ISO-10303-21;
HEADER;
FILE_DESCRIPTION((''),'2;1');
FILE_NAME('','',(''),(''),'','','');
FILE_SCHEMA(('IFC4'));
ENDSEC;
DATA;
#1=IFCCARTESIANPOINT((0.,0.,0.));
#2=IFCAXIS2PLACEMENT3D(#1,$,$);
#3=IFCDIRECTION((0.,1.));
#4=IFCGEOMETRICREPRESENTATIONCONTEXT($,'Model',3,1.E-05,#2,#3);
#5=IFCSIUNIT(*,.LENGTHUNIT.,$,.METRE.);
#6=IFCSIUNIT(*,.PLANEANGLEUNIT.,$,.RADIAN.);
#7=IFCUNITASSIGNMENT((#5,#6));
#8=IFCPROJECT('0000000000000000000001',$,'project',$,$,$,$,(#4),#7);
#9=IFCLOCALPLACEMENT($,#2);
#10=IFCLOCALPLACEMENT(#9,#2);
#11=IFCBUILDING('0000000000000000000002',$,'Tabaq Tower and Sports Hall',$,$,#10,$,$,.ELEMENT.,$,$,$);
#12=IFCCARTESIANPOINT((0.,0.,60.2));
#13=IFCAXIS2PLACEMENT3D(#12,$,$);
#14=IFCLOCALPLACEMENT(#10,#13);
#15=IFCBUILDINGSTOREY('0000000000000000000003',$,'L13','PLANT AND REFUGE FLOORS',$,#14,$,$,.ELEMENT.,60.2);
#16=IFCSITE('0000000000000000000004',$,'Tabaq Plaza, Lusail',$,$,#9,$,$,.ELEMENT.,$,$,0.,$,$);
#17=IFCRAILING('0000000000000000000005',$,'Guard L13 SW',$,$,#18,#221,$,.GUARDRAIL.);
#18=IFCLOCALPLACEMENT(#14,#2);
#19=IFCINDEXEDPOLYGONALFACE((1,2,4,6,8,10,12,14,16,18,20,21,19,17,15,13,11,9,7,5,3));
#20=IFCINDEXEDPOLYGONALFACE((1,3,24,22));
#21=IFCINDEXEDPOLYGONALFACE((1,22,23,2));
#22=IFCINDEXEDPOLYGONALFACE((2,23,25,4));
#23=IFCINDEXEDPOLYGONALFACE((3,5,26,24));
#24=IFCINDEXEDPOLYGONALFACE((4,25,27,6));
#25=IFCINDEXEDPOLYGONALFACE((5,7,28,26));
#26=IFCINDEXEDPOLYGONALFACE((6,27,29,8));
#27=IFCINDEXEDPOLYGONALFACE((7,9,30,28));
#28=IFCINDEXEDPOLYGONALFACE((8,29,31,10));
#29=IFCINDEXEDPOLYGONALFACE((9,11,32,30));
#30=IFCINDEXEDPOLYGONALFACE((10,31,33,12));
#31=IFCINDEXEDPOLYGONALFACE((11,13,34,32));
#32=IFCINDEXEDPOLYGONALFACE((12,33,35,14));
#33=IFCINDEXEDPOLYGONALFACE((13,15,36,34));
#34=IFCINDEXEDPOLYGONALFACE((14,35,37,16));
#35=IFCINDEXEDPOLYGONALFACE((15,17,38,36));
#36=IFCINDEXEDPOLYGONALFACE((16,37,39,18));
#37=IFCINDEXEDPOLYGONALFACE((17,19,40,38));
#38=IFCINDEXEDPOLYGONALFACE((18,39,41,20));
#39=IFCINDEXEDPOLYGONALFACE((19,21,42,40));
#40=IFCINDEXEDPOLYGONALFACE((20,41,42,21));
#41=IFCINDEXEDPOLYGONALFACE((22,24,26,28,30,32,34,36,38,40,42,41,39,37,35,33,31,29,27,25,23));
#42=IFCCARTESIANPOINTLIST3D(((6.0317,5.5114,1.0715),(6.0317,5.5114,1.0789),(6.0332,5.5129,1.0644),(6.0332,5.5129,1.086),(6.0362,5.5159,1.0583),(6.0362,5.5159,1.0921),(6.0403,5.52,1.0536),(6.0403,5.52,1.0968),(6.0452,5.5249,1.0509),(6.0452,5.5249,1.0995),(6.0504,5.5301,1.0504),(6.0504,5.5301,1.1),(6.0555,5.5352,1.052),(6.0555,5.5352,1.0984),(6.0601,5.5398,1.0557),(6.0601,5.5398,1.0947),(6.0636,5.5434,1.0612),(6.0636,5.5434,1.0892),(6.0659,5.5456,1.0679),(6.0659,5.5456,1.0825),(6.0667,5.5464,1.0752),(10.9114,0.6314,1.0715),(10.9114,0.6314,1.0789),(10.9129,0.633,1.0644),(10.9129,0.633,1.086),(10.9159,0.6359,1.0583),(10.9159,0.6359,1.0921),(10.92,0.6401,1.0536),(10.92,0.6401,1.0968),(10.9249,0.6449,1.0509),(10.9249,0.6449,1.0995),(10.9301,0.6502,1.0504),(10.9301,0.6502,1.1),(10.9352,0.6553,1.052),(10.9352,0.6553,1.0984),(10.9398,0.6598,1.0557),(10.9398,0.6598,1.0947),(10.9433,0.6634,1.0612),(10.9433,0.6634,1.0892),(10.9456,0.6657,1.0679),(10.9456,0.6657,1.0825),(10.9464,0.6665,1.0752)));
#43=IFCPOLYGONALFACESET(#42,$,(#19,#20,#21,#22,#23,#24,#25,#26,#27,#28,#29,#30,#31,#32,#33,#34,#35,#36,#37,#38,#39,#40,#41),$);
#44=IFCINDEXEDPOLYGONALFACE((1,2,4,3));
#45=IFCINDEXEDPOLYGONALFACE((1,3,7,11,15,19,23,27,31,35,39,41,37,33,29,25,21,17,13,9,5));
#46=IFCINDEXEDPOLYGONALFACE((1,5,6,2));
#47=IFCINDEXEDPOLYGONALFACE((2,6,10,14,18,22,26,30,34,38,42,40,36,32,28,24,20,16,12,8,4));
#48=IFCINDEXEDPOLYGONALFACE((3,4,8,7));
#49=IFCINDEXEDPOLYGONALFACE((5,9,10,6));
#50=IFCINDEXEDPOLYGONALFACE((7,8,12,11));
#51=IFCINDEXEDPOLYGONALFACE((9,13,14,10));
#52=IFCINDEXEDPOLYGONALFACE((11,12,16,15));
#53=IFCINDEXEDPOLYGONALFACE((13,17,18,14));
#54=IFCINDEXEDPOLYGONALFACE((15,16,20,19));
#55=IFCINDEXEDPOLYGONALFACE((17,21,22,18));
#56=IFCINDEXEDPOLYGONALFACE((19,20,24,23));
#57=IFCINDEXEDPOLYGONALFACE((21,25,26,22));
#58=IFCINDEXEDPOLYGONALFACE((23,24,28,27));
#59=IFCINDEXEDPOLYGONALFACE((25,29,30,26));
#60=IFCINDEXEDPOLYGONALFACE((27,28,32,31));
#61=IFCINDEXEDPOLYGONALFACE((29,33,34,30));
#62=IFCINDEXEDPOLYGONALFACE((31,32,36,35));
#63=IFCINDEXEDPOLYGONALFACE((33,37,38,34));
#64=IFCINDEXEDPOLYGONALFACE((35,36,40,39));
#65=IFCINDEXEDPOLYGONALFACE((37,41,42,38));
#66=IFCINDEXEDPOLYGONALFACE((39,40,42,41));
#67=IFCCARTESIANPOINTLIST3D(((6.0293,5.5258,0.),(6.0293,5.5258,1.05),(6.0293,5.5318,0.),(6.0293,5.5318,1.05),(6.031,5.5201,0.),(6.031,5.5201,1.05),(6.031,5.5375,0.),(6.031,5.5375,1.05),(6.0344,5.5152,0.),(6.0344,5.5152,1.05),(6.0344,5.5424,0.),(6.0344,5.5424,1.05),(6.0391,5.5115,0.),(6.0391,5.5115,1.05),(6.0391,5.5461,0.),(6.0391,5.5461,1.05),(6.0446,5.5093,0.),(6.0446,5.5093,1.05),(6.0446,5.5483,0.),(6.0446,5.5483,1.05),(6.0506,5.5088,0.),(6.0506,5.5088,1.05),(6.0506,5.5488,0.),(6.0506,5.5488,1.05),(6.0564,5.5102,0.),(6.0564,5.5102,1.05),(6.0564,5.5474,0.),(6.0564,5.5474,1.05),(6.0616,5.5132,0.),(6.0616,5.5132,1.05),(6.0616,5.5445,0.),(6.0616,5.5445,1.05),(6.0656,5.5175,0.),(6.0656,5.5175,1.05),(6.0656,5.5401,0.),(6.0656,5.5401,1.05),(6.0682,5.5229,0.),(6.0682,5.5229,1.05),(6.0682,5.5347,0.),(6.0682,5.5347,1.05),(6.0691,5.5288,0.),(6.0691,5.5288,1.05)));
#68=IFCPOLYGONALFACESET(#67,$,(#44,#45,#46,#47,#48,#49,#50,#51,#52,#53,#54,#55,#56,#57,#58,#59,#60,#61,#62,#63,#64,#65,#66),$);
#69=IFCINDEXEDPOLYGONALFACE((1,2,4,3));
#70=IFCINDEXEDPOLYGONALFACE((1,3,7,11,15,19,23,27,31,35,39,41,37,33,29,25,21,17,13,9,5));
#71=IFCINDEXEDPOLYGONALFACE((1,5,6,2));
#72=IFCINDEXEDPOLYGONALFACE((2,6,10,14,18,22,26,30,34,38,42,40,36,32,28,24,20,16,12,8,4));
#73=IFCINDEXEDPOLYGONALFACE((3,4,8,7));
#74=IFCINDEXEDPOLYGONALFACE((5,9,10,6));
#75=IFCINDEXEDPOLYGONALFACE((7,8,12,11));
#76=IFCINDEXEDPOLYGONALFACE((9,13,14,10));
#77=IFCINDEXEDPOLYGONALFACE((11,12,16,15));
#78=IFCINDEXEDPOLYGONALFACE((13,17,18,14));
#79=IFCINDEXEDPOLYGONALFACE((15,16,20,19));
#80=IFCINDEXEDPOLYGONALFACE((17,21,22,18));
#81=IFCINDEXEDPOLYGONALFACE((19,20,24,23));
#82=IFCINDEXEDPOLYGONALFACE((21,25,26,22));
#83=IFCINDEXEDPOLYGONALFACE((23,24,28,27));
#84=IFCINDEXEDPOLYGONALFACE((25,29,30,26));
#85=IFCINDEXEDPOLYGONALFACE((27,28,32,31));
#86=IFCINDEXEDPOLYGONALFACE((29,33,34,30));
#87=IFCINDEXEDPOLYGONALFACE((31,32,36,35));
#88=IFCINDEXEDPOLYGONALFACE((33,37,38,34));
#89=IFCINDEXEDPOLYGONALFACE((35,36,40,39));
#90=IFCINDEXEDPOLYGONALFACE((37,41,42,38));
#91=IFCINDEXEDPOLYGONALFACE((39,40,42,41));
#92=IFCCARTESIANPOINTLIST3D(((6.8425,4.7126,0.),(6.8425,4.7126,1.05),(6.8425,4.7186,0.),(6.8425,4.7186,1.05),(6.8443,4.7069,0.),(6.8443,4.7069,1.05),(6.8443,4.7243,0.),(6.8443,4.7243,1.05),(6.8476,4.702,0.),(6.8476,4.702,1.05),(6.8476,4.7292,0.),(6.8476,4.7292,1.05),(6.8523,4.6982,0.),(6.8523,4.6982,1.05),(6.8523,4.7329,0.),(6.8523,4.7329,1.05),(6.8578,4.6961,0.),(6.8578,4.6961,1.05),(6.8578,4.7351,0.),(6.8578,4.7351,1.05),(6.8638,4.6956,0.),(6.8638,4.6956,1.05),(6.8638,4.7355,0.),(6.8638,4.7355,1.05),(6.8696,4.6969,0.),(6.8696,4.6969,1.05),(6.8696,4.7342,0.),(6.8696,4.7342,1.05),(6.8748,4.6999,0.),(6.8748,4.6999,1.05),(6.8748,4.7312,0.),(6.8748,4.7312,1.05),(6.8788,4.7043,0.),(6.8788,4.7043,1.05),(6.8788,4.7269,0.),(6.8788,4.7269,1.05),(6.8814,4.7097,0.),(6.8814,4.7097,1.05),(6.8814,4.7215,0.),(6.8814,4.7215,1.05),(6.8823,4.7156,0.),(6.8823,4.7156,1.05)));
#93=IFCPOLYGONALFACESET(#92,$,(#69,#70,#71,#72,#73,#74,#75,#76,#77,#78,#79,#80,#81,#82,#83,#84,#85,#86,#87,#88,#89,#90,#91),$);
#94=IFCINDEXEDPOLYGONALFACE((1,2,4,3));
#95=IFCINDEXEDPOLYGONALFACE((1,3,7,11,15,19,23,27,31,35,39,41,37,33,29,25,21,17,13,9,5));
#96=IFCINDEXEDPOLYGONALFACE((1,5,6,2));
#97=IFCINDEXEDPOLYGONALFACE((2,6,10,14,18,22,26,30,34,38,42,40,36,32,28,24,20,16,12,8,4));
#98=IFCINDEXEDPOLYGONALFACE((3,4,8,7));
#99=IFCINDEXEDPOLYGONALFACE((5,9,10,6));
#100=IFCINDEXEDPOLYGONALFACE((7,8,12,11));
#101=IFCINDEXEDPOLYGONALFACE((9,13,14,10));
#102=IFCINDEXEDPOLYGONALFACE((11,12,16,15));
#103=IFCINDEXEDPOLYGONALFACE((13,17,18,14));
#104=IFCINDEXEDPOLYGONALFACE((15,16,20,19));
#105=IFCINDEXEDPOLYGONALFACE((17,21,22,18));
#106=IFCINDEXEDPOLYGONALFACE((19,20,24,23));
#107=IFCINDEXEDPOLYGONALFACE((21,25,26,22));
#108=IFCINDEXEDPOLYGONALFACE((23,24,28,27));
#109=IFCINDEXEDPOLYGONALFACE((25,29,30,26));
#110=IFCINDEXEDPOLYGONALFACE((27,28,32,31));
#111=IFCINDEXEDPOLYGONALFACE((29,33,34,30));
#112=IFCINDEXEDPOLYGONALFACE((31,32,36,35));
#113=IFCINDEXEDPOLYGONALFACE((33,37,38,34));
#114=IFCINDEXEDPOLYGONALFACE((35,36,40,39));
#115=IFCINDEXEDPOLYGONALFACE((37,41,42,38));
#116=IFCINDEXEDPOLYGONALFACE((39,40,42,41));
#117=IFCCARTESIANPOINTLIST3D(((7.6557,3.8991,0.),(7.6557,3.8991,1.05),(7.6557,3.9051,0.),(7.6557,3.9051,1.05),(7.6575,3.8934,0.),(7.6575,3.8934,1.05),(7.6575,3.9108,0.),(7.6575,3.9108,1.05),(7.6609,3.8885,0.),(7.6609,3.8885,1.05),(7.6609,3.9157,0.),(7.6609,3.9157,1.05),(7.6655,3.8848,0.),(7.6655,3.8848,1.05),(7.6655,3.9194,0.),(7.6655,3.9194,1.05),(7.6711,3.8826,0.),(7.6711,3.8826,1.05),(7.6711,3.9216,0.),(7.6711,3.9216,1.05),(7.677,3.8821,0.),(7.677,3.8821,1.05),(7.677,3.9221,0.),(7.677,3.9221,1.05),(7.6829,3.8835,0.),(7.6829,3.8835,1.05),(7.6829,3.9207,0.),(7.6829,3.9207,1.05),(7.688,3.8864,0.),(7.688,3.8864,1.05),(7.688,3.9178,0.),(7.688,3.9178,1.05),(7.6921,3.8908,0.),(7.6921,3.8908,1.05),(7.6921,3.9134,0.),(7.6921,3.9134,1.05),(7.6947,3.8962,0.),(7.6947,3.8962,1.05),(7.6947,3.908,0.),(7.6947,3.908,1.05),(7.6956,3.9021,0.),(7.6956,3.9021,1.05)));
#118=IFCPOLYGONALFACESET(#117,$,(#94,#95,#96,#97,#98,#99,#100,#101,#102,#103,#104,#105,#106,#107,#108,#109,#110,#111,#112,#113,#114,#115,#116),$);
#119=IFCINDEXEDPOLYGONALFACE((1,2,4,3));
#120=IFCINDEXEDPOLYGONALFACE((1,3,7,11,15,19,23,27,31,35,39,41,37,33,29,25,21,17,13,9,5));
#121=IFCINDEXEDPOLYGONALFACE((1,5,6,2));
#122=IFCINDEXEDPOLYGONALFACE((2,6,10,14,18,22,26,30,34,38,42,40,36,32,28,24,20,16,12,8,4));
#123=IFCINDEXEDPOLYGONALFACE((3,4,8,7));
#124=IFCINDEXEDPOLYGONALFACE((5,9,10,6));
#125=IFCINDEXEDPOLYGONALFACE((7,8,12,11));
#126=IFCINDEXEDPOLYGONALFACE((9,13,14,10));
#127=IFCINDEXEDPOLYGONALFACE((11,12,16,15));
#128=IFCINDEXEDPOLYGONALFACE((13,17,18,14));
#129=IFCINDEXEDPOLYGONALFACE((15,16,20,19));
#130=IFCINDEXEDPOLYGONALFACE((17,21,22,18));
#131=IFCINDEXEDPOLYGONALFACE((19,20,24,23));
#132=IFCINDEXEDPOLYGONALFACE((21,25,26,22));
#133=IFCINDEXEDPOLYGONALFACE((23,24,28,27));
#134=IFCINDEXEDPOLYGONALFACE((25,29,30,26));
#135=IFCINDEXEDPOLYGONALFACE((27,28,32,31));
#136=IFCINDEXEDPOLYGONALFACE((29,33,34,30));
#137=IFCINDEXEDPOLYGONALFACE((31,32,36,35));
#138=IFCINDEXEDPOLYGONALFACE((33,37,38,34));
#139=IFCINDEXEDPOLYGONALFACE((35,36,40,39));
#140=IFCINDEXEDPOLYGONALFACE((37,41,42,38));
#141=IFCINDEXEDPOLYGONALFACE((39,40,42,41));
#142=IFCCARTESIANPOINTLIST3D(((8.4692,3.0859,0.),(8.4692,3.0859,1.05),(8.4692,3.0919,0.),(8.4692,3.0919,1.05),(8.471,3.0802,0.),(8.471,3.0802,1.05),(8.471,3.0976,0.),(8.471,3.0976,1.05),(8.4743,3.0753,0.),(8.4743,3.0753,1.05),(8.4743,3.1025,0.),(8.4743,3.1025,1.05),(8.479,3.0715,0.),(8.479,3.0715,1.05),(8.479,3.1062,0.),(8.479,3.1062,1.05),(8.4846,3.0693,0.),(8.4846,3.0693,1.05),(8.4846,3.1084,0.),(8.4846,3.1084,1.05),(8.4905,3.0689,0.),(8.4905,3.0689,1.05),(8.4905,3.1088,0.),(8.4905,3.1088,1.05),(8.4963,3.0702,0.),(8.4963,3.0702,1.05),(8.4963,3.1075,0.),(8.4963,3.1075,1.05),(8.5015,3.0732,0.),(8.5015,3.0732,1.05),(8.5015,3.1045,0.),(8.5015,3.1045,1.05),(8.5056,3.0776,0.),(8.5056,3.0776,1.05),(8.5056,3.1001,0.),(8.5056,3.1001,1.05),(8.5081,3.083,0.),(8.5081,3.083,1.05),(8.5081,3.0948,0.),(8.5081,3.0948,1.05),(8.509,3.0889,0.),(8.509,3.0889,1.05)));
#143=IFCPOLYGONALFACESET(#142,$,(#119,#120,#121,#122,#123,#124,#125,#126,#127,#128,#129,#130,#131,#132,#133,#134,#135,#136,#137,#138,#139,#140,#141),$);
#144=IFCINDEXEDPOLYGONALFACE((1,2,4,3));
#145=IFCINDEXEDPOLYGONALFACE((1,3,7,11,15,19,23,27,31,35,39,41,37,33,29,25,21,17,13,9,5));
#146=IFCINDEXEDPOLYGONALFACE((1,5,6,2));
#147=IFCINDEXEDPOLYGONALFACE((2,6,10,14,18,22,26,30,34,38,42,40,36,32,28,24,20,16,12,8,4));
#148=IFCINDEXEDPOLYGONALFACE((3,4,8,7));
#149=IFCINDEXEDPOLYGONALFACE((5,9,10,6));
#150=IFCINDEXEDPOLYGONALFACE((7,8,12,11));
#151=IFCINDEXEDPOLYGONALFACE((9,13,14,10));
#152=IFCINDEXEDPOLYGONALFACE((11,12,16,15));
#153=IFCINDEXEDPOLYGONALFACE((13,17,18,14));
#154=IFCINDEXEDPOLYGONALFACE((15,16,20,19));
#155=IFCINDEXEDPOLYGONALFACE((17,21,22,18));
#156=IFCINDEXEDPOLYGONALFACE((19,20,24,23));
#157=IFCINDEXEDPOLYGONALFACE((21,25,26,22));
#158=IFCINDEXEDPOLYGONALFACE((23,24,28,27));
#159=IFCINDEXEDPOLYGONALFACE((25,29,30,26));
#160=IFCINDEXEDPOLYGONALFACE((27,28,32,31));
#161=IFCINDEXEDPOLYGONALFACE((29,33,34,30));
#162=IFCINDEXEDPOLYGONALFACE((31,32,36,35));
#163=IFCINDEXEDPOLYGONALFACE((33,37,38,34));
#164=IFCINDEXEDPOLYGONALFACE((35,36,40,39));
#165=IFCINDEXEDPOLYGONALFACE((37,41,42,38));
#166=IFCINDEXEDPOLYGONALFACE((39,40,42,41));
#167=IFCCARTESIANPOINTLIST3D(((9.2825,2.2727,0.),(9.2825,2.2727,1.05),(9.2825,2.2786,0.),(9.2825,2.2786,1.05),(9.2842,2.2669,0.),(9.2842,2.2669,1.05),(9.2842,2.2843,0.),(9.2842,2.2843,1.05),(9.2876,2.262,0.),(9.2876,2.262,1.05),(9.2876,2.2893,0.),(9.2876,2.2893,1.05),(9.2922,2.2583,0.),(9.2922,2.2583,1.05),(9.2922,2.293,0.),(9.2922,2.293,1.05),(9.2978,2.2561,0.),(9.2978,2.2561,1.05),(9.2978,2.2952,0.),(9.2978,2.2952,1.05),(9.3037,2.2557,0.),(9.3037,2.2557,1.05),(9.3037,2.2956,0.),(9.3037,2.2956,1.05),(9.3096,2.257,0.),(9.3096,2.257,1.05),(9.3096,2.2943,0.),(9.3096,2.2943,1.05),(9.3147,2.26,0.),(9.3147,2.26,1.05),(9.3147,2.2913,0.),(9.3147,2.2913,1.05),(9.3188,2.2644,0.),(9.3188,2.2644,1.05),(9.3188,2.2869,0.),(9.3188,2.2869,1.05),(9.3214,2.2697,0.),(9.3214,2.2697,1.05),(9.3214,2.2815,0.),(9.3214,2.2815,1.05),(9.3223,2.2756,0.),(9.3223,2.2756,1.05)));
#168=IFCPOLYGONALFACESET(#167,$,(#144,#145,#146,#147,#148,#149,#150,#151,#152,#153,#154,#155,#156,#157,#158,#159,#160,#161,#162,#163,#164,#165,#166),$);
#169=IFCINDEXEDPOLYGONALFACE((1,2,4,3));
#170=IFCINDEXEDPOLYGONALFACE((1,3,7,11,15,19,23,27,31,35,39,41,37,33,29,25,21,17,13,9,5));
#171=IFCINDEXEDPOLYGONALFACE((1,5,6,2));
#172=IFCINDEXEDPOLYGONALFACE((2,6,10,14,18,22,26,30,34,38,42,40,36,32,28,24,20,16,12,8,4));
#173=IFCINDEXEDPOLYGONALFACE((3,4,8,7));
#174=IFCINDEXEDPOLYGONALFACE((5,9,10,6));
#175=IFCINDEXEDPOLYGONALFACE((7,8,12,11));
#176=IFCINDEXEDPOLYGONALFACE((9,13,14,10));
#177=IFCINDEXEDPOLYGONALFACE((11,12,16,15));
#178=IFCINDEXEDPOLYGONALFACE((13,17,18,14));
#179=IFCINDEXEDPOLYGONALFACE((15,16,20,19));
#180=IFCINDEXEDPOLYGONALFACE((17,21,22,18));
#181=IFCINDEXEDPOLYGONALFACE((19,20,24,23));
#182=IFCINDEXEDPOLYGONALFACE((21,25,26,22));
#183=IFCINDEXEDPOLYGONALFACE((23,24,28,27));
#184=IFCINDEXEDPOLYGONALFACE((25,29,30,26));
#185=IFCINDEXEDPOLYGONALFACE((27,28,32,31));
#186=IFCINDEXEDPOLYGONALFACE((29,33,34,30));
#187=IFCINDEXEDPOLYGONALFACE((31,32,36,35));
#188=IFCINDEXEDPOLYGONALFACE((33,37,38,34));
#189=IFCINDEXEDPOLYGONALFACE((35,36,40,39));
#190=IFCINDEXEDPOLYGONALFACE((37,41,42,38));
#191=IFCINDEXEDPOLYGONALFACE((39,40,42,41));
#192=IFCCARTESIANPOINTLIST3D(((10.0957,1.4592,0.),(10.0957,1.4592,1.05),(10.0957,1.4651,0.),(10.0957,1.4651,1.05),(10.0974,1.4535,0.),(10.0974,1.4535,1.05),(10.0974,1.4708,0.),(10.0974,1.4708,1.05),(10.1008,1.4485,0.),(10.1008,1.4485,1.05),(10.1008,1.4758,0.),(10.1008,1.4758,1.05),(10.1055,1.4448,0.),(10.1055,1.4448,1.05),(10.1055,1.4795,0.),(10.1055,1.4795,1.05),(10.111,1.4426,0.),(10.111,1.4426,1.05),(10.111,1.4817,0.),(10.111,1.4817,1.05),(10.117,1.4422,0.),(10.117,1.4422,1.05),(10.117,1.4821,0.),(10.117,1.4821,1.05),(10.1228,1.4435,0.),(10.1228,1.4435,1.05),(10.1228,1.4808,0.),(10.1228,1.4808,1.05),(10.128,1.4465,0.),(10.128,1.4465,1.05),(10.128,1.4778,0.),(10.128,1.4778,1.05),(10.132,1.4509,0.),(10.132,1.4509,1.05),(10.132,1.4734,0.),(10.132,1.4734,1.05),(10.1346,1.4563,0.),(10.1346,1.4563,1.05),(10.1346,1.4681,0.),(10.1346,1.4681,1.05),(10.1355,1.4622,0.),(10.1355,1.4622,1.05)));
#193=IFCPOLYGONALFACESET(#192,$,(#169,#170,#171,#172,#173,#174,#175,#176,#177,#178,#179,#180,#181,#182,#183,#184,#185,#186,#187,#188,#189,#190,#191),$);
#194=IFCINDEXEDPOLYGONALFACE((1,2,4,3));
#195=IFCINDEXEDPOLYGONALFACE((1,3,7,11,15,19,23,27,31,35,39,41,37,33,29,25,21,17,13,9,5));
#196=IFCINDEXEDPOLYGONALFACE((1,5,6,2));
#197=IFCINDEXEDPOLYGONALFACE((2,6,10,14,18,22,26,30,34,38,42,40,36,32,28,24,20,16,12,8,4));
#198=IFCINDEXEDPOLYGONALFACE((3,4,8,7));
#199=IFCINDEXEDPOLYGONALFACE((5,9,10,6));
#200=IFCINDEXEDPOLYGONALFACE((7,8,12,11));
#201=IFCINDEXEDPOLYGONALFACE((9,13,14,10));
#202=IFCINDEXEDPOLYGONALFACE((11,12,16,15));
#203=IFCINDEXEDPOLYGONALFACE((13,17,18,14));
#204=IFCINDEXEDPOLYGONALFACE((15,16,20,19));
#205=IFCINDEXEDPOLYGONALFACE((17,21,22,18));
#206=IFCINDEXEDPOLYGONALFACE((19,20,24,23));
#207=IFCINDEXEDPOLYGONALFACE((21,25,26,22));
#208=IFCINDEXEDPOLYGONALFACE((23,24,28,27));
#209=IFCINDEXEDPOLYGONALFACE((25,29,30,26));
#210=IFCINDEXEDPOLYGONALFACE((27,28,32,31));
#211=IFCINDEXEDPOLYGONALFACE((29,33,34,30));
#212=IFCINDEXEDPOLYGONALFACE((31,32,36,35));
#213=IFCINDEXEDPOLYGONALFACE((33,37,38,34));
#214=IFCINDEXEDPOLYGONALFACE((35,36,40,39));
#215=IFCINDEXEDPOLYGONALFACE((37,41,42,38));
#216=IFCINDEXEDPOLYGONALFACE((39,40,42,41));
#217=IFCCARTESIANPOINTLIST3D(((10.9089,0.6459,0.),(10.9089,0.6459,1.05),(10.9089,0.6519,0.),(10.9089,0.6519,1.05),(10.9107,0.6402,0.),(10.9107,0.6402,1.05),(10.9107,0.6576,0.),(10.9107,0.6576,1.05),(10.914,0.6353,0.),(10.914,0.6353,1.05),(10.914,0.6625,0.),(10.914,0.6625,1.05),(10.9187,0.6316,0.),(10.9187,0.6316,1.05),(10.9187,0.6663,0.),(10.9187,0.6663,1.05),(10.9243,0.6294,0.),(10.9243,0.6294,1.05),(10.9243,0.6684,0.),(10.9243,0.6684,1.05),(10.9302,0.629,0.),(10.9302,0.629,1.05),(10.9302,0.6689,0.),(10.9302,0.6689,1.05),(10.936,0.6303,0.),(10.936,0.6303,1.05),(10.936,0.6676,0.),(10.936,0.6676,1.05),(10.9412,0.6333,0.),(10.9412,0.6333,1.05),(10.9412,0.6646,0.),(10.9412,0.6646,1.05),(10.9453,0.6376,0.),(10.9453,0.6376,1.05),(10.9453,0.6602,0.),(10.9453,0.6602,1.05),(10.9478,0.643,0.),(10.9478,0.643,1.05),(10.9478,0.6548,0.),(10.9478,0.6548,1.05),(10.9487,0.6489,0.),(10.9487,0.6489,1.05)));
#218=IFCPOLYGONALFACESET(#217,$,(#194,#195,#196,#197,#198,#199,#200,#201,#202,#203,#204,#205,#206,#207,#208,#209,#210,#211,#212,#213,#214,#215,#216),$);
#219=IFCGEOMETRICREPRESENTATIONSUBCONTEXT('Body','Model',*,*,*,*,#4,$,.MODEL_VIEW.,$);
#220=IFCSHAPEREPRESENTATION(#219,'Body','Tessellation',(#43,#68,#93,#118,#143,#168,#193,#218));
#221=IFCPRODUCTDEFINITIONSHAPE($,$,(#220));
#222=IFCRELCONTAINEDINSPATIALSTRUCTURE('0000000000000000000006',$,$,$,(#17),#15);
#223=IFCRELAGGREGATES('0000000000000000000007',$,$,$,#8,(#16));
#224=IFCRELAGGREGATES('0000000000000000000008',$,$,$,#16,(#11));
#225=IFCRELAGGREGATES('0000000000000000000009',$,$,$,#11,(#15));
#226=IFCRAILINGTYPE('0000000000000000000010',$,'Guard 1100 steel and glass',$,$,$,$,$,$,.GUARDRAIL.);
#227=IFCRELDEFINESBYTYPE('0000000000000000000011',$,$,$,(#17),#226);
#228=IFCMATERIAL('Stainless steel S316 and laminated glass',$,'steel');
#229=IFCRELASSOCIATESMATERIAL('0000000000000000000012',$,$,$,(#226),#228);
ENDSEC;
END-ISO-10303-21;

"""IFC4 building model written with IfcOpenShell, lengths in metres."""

from ifc_helpers import new_model, si_unit, direction, frame, origin, origin_2d, place, context, subcontext, project, spatial, circle, extrude, material, type_object, element, save


model = new_model("IFC4")

# Units and contexts
model_context = context("Model", 3, precision=1e-05, world=origin(), true_north=direction((0.0, 1.0)))
body_context = subcontext(model_context, "Body", "Model", "MODEL_VIEW")
ifc_project = project(units=[si_unit("LENGTHUNIT", "METRE"), si_unit("PLANEANGLEUNIT", "RADIAN")], contexts=[model_context])

# Site, building, storey
site_placement = place(None, origin())
site = spatial("IfcSite", under=ifc_project, at=site_placement, Name="Tabaq Plaza, Lusail", CompositionType="ELEMENT", RefElevation=0.0)
building_placement = place(site_placement, origin())
building = spatial("IfcBuilding", under=site, at=building_placement, Name="Tabaq Tower and Sports Hall", CompositionType="ELEMENT")
storey_placement = place(building_placement, frame((0.0, 0.0, 60.2)))
storey = spatial("IfcBuildingStorey", under=building, at=storey_placement, Name="L13", Description="PLANT AND REFUGE FLOORS", CompositionType="ELEMENT", Elevation=60.2)

# Railing
ifc_material_1 = material(Name="Stainless steel S316 and laminated glass", Category="steel")
railing_type = type_object("IfcRailingType", Name="Guard 1100 steel and glass", PredefinedType="GUARDRAIL", material=ifc_material_1)
railing_placement = place(storey_placement, frame((6.0491, 5.5288, 0.0)))
element("IfcRailing", 1, at=railing_placement, inside=storey, type_object=railing_type, Name="Guard L13 SW", PredefinedType="GUARDRAIL", context=body_context, shape_type="SweptSolid", body=[
    extrude(circle(Radius=0.0249, at=origin_2d()), frame((0.0, 0.0, 1.0752), z_axis=(0.707089, -0.707124, 0.0), x_axis=(0.707124, 0.707089, 0.0)), (0.0, 0.0, 1.0), 6.9011),
    extrude(circle(Radius=0.02, at=origin_2d()), origin(), (0.0, 0.0, 1.0), 1.05),
    extrude(circle(Radius=0.02, at=origin_2d()), frame((0.8132, -0.8132, 0.0)), (0.0, 0.0, 1.0), 1.05),
    extrude(circle(Radius=0.02, at=origin_2d()), frame((1.6265, -1.6267, 0.0)), (0.0, 0.0, 1.0), 1.05),
    extrude(circle(Radius=0.02, at=origin_2d()), frame((2.4399, -2.4399, 0.0)), (0.0, 0.0, 1.0), 1.05),
    extrude(circle(Radius=0.02, at=origin_2d()), frame((3.2532, -3.2532, 0.0)), (0.0, 0.0, 1.0), 1.05),
    extrude(circle(Radius=0.02, at=origin_2d()), frame((4.0664, -4.0667, 0.0)), (0.0, 0.0, 1.0), 1.05),
    extrude(circle(Radius=0.02, at=origin_2d()), frame((4.8796, -4.8799, 0.0)), (0.0, 0.0, 1.0), 1.05),
])

save(model, "model.ifc")
